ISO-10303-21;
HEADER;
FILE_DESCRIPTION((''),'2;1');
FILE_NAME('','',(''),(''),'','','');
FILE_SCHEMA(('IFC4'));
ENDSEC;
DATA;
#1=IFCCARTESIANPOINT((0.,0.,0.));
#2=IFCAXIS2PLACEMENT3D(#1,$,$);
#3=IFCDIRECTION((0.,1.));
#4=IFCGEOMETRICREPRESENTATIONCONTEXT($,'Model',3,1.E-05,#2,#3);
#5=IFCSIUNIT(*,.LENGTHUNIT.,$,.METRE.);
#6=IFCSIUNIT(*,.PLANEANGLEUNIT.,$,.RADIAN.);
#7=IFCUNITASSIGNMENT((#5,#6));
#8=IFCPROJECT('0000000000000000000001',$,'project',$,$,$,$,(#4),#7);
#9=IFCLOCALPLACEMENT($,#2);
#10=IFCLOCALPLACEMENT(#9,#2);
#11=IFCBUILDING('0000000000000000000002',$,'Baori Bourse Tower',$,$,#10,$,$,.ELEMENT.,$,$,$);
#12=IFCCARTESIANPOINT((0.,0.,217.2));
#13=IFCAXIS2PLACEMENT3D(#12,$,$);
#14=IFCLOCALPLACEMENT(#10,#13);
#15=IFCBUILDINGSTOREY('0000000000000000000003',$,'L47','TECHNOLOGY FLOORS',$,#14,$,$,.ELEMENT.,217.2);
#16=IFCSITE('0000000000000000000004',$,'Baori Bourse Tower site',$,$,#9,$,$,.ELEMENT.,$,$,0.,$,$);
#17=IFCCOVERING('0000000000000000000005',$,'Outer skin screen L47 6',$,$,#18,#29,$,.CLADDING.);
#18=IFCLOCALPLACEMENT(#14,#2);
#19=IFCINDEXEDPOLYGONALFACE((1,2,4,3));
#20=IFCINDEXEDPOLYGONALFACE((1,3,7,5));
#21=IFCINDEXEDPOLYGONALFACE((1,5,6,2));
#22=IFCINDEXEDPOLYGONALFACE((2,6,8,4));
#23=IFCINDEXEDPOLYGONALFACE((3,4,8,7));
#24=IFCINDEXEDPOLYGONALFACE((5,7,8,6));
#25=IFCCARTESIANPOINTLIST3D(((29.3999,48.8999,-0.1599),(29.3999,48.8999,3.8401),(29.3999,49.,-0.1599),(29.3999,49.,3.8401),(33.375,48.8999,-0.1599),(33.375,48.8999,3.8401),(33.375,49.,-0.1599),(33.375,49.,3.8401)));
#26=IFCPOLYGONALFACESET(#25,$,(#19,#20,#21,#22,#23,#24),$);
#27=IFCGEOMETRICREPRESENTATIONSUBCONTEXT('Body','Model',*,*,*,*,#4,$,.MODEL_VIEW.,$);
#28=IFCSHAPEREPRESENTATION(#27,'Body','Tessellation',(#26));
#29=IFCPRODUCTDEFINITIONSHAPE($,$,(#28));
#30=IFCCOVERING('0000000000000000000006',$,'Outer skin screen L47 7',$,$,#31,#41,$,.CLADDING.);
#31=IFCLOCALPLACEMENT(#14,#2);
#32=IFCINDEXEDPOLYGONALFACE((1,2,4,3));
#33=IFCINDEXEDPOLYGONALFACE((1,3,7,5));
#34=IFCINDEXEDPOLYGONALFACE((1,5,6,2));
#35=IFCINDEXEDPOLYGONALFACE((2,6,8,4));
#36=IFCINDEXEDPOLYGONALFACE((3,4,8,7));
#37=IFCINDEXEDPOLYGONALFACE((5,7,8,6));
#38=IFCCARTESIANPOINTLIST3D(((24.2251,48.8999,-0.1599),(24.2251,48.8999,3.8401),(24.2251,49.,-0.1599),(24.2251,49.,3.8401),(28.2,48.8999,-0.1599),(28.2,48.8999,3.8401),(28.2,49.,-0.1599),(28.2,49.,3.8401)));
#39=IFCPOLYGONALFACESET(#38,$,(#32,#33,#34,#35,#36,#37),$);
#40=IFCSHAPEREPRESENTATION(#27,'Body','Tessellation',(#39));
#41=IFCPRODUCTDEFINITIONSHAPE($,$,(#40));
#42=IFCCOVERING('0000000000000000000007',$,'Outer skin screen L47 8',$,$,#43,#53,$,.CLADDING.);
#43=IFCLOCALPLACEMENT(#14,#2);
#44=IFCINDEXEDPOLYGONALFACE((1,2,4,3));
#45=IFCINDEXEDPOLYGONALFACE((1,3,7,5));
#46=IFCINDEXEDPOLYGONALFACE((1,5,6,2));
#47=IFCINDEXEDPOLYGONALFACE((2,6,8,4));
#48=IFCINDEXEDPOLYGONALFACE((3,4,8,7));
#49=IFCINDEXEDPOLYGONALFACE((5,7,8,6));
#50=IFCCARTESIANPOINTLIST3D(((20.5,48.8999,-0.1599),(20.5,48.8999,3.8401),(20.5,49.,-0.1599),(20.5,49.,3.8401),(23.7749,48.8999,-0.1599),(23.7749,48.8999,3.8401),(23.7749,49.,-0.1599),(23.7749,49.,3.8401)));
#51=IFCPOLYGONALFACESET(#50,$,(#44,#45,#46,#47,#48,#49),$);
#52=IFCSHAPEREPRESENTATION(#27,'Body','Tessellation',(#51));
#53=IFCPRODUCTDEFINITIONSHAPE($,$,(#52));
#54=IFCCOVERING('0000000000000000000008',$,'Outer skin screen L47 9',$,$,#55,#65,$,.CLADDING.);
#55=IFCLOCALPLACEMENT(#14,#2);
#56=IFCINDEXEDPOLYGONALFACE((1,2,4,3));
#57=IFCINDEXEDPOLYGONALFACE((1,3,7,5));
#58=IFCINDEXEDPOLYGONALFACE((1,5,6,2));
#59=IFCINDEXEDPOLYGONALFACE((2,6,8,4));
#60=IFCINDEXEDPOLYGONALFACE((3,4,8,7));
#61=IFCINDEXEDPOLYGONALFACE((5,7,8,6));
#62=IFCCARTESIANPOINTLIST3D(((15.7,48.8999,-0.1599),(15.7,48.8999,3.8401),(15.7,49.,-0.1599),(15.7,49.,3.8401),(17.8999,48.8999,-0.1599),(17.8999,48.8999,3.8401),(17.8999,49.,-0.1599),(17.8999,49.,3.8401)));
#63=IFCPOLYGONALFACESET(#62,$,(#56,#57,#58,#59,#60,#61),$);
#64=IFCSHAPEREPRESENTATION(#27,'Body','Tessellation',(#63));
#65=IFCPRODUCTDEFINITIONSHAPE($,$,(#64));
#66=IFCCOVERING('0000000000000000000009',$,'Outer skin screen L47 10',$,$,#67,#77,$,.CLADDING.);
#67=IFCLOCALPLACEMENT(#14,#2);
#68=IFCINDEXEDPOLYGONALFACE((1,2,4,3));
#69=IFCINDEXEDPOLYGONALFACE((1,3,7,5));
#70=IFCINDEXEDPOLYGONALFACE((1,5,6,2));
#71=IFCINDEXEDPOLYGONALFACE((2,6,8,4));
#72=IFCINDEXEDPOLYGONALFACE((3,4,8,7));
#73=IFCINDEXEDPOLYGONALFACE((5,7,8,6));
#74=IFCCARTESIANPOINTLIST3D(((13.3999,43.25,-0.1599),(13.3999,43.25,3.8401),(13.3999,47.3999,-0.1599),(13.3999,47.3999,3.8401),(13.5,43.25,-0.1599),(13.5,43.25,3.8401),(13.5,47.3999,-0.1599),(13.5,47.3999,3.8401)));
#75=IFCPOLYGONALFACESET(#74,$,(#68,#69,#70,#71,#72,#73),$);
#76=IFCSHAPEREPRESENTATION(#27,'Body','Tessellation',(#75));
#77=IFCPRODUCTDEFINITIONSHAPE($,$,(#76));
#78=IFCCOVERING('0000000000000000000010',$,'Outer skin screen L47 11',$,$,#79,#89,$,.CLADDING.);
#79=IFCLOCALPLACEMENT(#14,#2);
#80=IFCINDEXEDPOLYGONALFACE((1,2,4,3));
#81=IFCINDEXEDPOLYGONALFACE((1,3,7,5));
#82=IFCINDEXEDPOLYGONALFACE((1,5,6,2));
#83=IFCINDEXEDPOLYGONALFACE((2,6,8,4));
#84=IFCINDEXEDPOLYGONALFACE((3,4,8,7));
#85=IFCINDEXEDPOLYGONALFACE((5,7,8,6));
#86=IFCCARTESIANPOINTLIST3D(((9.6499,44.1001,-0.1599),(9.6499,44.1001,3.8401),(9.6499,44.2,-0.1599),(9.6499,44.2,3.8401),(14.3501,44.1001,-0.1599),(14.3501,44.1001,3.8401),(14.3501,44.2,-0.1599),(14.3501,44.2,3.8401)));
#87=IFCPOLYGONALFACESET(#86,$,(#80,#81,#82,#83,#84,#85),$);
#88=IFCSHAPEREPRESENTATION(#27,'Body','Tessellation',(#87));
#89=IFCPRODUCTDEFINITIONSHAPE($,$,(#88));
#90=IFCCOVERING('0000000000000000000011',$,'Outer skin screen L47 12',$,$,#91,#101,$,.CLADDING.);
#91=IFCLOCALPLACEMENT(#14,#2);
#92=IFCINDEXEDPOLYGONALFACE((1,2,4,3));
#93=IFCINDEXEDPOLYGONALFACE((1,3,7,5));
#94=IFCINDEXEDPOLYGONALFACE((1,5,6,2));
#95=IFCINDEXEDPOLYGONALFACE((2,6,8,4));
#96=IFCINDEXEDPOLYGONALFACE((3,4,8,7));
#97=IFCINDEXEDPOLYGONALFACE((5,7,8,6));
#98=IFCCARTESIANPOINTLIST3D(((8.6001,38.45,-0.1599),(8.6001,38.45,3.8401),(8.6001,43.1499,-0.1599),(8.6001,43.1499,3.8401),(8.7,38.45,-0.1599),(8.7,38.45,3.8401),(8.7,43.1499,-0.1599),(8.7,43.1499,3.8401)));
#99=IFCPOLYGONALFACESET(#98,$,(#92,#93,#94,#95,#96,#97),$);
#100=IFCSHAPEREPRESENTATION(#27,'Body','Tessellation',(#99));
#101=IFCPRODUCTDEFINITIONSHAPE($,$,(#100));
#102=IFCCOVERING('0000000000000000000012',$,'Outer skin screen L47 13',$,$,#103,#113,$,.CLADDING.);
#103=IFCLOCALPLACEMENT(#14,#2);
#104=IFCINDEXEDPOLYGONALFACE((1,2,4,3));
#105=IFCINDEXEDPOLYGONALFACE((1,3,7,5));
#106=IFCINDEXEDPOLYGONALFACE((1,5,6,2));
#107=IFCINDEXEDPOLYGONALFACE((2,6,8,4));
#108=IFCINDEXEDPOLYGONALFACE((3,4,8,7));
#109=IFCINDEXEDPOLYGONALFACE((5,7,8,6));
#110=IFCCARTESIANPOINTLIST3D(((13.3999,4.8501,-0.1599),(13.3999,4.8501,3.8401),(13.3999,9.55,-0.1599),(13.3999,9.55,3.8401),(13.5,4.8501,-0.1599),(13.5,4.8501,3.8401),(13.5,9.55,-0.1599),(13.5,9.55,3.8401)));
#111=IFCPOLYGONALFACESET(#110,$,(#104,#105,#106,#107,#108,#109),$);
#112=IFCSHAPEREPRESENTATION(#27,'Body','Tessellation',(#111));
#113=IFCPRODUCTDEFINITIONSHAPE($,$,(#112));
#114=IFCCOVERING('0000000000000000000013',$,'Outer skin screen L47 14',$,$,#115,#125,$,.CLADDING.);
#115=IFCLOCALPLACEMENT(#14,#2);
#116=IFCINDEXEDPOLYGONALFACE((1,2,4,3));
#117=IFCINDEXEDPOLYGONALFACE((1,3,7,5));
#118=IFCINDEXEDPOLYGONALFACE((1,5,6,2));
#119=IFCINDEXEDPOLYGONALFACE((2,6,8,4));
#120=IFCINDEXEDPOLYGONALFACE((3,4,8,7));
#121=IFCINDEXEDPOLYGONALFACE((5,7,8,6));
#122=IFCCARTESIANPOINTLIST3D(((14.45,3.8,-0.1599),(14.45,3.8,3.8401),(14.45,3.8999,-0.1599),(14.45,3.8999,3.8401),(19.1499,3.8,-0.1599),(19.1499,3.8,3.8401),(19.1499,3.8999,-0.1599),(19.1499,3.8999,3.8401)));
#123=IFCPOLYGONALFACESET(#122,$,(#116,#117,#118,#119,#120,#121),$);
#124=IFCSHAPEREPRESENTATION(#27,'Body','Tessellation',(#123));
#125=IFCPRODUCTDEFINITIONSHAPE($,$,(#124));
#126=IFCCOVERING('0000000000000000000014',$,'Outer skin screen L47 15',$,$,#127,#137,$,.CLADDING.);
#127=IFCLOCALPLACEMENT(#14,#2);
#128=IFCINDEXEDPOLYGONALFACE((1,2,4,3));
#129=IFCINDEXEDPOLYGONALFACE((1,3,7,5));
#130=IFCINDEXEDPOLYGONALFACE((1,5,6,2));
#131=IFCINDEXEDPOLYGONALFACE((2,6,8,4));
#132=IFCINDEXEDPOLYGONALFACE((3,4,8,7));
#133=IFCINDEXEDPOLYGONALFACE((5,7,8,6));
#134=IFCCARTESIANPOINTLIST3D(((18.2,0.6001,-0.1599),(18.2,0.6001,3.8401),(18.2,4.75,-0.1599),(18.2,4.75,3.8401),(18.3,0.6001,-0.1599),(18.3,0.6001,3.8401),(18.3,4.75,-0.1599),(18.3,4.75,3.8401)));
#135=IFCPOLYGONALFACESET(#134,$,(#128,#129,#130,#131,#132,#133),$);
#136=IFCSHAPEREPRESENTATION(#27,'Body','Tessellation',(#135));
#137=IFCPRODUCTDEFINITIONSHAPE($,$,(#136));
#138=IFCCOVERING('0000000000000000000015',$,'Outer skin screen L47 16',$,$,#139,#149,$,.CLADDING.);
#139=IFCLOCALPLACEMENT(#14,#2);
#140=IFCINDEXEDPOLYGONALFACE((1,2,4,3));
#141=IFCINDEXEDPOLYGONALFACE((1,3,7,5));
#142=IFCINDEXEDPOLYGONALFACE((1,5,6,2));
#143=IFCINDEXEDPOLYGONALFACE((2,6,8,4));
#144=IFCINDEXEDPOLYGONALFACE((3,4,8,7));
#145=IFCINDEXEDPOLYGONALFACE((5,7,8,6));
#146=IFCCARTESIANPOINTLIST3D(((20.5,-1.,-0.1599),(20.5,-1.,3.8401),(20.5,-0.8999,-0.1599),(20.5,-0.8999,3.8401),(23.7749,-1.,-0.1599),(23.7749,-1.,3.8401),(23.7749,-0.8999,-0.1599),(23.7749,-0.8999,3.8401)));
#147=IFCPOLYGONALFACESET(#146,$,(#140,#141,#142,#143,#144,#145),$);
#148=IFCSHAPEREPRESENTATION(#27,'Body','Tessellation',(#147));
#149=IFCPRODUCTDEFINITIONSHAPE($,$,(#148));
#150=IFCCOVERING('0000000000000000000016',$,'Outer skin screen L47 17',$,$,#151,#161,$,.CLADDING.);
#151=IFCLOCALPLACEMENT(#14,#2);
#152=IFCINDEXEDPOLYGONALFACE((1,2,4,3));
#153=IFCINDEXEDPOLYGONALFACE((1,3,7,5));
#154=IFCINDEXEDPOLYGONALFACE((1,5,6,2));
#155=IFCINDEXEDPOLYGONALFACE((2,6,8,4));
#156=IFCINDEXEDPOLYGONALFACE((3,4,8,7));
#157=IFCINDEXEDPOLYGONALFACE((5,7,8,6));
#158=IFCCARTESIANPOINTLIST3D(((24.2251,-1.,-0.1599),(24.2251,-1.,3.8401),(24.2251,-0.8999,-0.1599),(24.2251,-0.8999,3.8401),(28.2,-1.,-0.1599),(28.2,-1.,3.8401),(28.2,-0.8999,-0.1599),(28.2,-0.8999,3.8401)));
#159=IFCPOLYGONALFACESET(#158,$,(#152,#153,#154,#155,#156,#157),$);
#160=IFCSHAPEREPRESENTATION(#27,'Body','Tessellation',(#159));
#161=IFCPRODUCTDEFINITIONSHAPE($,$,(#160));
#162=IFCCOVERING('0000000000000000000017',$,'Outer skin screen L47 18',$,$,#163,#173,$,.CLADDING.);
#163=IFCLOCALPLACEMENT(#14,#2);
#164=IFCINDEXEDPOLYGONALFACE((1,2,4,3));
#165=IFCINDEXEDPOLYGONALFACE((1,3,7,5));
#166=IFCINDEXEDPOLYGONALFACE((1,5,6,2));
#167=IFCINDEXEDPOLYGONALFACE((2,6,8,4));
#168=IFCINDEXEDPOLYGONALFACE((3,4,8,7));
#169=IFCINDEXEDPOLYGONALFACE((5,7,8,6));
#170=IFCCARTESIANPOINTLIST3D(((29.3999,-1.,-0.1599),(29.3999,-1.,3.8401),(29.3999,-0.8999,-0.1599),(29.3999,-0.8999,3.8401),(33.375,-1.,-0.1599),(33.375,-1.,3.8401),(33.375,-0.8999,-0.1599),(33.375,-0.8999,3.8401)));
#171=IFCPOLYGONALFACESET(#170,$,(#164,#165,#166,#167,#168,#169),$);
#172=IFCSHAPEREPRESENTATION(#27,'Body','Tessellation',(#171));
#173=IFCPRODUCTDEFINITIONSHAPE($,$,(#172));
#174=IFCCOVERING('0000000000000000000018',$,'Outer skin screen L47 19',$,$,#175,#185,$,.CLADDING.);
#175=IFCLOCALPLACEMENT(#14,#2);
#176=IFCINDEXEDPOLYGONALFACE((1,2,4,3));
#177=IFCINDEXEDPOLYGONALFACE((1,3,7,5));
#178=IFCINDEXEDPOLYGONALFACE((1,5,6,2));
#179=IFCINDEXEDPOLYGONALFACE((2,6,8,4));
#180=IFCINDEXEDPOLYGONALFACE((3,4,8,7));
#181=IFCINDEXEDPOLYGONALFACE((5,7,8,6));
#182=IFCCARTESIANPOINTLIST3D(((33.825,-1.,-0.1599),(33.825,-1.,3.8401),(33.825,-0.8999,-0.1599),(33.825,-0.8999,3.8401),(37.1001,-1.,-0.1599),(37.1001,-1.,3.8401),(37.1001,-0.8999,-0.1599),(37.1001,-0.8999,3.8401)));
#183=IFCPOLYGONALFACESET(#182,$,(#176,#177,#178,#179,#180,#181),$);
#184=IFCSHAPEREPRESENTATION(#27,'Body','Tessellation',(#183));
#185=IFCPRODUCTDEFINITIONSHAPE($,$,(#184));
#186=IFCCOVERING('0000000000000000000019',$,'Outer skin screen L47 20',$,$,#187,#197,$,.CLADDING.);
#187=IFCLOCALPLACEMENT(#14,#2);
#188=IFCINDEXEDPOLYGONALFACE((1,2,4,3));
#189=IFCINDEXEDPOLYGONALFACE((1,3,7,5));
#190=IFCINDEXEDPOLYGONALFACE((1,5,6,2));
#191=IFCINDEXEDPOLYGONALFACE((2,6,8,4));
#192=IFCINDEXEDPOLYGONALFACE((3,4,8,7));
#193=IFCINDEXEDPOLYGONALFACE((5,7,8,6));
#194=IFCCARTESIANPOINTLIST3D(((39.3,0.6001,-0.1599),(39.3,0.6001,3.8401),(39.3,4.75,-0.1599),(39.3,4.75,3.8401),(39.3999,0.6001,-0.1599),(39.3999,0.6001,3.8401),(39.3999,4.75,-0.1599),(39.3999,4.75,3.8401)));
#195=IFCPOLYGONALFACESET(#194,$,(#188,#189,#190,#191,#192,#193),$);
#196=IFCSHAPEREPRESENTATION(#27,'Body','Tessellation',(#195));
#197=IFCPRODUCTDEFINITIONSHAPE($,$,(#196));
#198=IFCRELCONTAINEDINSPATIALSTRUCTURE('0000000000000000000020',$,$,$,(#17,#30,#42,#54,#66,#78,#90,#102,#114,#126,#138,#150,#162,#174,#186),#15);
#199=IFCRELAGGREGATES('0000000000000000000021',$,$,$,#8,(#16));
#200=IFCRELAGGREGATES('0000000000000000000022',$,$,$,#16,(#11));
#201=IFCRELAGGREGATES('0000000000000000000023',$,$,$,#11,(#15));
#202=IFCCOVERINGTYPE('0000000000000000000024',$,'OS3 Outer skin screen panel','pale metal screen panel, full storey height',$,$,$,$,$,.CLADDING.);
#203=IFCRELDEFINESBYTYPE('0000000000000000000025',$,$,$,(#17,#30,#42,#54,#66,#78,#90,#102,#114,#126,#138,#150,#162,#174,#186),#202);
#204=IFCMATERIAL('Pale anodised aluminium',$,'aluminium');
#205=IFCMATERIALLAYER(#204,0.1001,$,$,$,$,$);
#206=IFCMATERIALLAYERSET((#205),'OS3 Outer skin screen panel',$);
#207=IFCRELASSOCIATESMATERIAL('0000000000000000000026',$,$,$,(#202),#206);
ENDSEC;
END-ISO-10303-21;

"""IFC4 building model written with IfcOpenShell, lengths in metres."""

from ifc_helpers import new_model, si_unit, direction, frame, origin, place, context, subcontext, project, spatial, polyline, outline, extrude, material, layer, layer_set, type_object, element, save


model = new_model("IFC4")

# Units and contexts
model_context = context("Model", 3, precision=1e-05, world=origin(), true_north=direction((0.0, 1.0)))
body_context = subcontext(model_context, "Body", "Model", "MODEL_VIEW")
ifc_project = project(units=[si_unit("LENGTHUNIT", "METRE"), si_unit("PLANEANGLEUNIT", "RADIAN")], contexts=[model_context])

# Site, building, storey
site_placement = place(None, origin())
site = spatial("IfcSite", under=ifc_project, at=site_placement, Name="Baori Bourse Tower site", CompositionType="ELEMENT", RefElevation=0.0)
building_placement = place(site_placement, origin())
building = spatial("IfcBuilding", under=site, at=building_placement, Name="Baori Bourse Tower", CompositionType="ELEMENT")
storey_placement = place(building_placement, frame((0.0, 0.0, 217.2)))
storey = spatial("IfcBuildingStorey", under=building, at=storey_placement, Name="L47", Description="TECHNOLOGY FLOORS", CompositionType="ELEMENT", Elevation=217.2)

# Coverings
ifc_material_1 = material(Name="Pale anodised aluminium", Category="aluminium")
ifc_layer_1 = layer(ifc_material_1, 0.1001)
ifc_layer_set_1 = layer_set([ifc_layer_1], Name="OS3 Outer skin screen panel")
covering_type = type_object("IfcCoveringType", Name="OS3 Outer skin screen panel", Description="pale metal screen panel, full storey height", PredefinedType="CLADDING", material=ifc_layer_set_1)
covering_1_placement = place(storey_placement, frame((0.0, 0.0, -0.1599)))
element("IfcCovering", 1, at=covering_1_placement, inside=storey, type_object=covering_type, Name="Outer skin screen L47 6", PredefinedType="CLADDING", context=body_context, shape_type="SweptSolid", body=[
    extrude(outline(polyline([(29.3999, 48.8999), (33.375, 48.8999), (33.375, 49.0), (29.3999, 49.0), (29.3999, 48.8999)])), origin(), (0.0, 0.0, 1.0), 4.0),
])
covering_2_placement = place(storey_placement, frame((0.0, 0.0, -0.1599)))
element("IfcCovering", 2, at=covering_2_placement, inside=storey, type_object=covering_type, Name="Outer skin screen L47 7", PredefinedType="CLADDING", context=body_context, shape_type="SweptSolid", body=[
    extrude(outline(polyline([(24.2251, 48.8999), (28.2, 48.8999), (28.2, 49.0), (24.2251, 49.0), (24.2251, 48.8999)])), origin(), (0.0, 0.0, 1.0), 4.0),
])
covering_3_placement = place(storey_placement, frame((0.0, 0.0, -0.1599)))
element("IfcCovering", 3, at=covering_3_placement, inside=storey, type_object=covering_type, Name="Outer skin screen L47 8", PredefinedType="CLADDING", context=body_context, shape_type="SweptSolid", body=[
    extrude(outline(polyline([(20.5, 48.8999), (23.7749, 48.8999), (23.7749, 49.0), (20.5, 49.0), (20.5, 48.8999)])), origin(), (0.0, 0.0, 1.0), 4.0),
])
covering_4_placement = place(storey_placement, frame((0.0, 0.0, -0.1599)))
element("IfcCovering", 4, at=covering_4_placement, inside=storey, type_object=covering_type, Name="Outer skin screen L47 9", PredefinedType="CLADDING", context=body_context, shape_type="SweptSolid", body=[
    extrude(outline(polyline([(15.7, 48.8999), (17.8999, 48.8999), (17.8999, 49.0), (15.7, 49.0), (15.7, 48.8999)])), origin(), (0.0, 0.0, 1.0), 4.0),
])
covering_5_placement = place(storey_placement, frame((0.0, 0.0, -0.1599)))
element("IfcCovering", 5, at=covering_5_placement, inside=storey, type_object=covering_type, Name="Outer skin screen L47 10", PredefinedType="CLADDING", context=body_context, shape_type="SweptSolid", body=[
    extrude(outline(polyline([(13.5, 43.25), (13.5, 47.3999), (13.3999, 47.3999), (13.3999, 43.25), (13.5, 43.25)])), origin(), (0.0, 0.0, 1.0), 4.0),
])
covering_6_placement = place(storey_placement, frame((0.0, 0.0, -0.1599)))
element("IfcCovering", 6, at=covering_6_placement, inside=storey, type_object=covering_type, Name="Outer skin screen L47 11", PredefinedType="CLADDING", context=body_context, shape_type="SweptSolid", body=[
    extrude(outline(polyline([(9.6499, 44.1001), (14.3501, 44.1001), (14.3501, 44.2), (9.6499, 44.2), (9.6499, 44.1001)])), origin(), (0.0, 0.0, 1.0), 4.0),
])
covering_7_placement = place(storey_placement, frame((0.0, 0.0, -0.1599)))
element("IfcCovering", 7, at=covering_7_placement, inside=storey, type_object=covering_type, Name="Outer skin screen L47 12", PredefinedType="CLADDING", context=body_context, shape_type="SweptSolid", body=[
    extrude(outline(polyline([(8.7, 38.45), (8.7, 43.1499), (8.6001, 43.1499), (8.6001, 38.45), (8.7, 38.45)])), origin(), (0.0, 0.0, 1.0), 4.0),
])
covering_8_placement = place(storey_placement, frame((0.0, 0.0, -0.1599)))
element("IfcCovering", 8, at=covering_8_placement, inside=storey, type_object=covering_type, Name="Outer skin screen L47 13", PredefinedType="CLADDING", context=body_context, shape_type="SweptSolid", body=[
    extrude(outline(polyline([(13.5, 4.8501), (13.5, 9.55), (13.3999, 9.55), (13.3999, 4.8501), (13.5, 4.8501)])), origin(), (0.0, 0.0, 1.0), 4.0),
])
covering_9_placement = place(storey_placement, frame((0.0, 0.0, -0.1599)))
element("IfcCovering", 9, at=covering_9_placement, inside=storey, type_object=covering_type, Name="Outer skin screen L47 14", PredefinedType="CLADDING", context=body_context, shape_type="SweptSolid", body=[
    extrude(outline(polyline([(19.1499, 3.8999), (14.45, 3.8999), (14.45, 3.8), (19.1499, 3.8), (19.1499, 3.8999)])), origin(), (0.0, 0.0, 1.0), 4.0),
])
covering_10_placement = place(storey_placement, frame((0.0, 0.0, -0.1599)))
element("IfcCovering", 10, at=covering_10_placement, inside=storey, type_object=covering_type, Name="Outer skin screen L47 15", PredefinedType="CLADDING", context=body_context, shape_type="SweptSolid", body=[
    extrude(outline(polyline([(18.3, 0.6001), (18.3, 4.75), (18.2, 4.75), (18.2, 0.6001), (18.3, 0.6001)])), origin(), (0.0, 0.0, 1.0), 4.0),
])
covering_11_placement = place(storey_placement, frame((0.0, 0.0, -0.1599)))
element("IfcCovering", 11, at=covering_11_placement, inside=storey, type_object=covering_type, Name="Outer skin screen L47 16", PredefinedType="CLADDING", context=body_context, shape_type="SweptSolid", body=[
    extrude(outline(polyline([(23.7749, -0.8999), (20.5, -0.8999), (20.5, -1.0), (23.7749, -1.0), (23.7749, -0.8999)])), origin(), (0.0, 0.0, 1.0), 4.0),
])
covering_12_placement = place(storey_placement, frame((0.0, 0.0, -0.1599)))
element("IfcCovering", 12, at=covering_12_placement, inside=storey, type_object=covering_type, Name="Outer skin screen L47 17", PredefinedType="CLADDING", context=body_context, shape_type="SweptSolid", body=[
    extrude(outline(polyline([(28.2, -0.8999), (24.2251, -0.8999), (24.2251, -1.0), (28.2, -1.0), (28.2, -0.8999)])), origin(), (0.0, 0.0, 1.0), 4.0),
])
covering_13_placement = place(storey_placement, frame((0.0, 0.0, -0.1599)))
element("IfcCovering", 13, at=covering_13_placement, inside=storey, type_object=covering_type, Name="Outer skin screen L47 18", PredefinedType="CLADDING", context=body_context, shape_type="SweptSolid", body=[
    extrude(outline(polyline([(33.375, -0.8999), (29.3999, -0.8999), (29.3999, -1.0), (33.375, -1.0), (33.375, -0.8999)])), origin(), (0.0, 0.0, 1.0), 4.0),
])
covering_14_placement = place(storey_placement, frame((0.0, 0.0, -0.1599)))
element("IfcCovering", 14, at=covering_14_placement, inside=storey, type_object=covering_type, Name="Outer skin screen L47 19", PredefinedType="CLADDING", context=body_context, shape_type="SweptSolid", body=[
    extrude(outline(polyline([(37.1001, -0.8999), (33.825, -0.8999), (33.825, -1.0), (37.1001, -1.0), (37.1001, -0.8999)])), origin(), (0.0, 0.0, 1.0), 4.0),
])
covering_15_placement = place(storey_placement, frame((0.0, 0.0, -0.1599)))
element("IfcCovering", 15, at=covering_15_placement, inside=storey, type_object=covering_type, Name="Outer skin screen L47 20", PredefinedType="CLADDING", context=body_context, shape_type="SweptSolid", body=[
    extrude(outline(polyline([(39.3, 4.75), (39.3, 0.6001), (39.3999, 0.6001), (39.3999, 4.75), (39.3, 4.75)])), origin(), (0.0, 0.0, 1.0), 4.0),
])

save(model, "model.ifc")
